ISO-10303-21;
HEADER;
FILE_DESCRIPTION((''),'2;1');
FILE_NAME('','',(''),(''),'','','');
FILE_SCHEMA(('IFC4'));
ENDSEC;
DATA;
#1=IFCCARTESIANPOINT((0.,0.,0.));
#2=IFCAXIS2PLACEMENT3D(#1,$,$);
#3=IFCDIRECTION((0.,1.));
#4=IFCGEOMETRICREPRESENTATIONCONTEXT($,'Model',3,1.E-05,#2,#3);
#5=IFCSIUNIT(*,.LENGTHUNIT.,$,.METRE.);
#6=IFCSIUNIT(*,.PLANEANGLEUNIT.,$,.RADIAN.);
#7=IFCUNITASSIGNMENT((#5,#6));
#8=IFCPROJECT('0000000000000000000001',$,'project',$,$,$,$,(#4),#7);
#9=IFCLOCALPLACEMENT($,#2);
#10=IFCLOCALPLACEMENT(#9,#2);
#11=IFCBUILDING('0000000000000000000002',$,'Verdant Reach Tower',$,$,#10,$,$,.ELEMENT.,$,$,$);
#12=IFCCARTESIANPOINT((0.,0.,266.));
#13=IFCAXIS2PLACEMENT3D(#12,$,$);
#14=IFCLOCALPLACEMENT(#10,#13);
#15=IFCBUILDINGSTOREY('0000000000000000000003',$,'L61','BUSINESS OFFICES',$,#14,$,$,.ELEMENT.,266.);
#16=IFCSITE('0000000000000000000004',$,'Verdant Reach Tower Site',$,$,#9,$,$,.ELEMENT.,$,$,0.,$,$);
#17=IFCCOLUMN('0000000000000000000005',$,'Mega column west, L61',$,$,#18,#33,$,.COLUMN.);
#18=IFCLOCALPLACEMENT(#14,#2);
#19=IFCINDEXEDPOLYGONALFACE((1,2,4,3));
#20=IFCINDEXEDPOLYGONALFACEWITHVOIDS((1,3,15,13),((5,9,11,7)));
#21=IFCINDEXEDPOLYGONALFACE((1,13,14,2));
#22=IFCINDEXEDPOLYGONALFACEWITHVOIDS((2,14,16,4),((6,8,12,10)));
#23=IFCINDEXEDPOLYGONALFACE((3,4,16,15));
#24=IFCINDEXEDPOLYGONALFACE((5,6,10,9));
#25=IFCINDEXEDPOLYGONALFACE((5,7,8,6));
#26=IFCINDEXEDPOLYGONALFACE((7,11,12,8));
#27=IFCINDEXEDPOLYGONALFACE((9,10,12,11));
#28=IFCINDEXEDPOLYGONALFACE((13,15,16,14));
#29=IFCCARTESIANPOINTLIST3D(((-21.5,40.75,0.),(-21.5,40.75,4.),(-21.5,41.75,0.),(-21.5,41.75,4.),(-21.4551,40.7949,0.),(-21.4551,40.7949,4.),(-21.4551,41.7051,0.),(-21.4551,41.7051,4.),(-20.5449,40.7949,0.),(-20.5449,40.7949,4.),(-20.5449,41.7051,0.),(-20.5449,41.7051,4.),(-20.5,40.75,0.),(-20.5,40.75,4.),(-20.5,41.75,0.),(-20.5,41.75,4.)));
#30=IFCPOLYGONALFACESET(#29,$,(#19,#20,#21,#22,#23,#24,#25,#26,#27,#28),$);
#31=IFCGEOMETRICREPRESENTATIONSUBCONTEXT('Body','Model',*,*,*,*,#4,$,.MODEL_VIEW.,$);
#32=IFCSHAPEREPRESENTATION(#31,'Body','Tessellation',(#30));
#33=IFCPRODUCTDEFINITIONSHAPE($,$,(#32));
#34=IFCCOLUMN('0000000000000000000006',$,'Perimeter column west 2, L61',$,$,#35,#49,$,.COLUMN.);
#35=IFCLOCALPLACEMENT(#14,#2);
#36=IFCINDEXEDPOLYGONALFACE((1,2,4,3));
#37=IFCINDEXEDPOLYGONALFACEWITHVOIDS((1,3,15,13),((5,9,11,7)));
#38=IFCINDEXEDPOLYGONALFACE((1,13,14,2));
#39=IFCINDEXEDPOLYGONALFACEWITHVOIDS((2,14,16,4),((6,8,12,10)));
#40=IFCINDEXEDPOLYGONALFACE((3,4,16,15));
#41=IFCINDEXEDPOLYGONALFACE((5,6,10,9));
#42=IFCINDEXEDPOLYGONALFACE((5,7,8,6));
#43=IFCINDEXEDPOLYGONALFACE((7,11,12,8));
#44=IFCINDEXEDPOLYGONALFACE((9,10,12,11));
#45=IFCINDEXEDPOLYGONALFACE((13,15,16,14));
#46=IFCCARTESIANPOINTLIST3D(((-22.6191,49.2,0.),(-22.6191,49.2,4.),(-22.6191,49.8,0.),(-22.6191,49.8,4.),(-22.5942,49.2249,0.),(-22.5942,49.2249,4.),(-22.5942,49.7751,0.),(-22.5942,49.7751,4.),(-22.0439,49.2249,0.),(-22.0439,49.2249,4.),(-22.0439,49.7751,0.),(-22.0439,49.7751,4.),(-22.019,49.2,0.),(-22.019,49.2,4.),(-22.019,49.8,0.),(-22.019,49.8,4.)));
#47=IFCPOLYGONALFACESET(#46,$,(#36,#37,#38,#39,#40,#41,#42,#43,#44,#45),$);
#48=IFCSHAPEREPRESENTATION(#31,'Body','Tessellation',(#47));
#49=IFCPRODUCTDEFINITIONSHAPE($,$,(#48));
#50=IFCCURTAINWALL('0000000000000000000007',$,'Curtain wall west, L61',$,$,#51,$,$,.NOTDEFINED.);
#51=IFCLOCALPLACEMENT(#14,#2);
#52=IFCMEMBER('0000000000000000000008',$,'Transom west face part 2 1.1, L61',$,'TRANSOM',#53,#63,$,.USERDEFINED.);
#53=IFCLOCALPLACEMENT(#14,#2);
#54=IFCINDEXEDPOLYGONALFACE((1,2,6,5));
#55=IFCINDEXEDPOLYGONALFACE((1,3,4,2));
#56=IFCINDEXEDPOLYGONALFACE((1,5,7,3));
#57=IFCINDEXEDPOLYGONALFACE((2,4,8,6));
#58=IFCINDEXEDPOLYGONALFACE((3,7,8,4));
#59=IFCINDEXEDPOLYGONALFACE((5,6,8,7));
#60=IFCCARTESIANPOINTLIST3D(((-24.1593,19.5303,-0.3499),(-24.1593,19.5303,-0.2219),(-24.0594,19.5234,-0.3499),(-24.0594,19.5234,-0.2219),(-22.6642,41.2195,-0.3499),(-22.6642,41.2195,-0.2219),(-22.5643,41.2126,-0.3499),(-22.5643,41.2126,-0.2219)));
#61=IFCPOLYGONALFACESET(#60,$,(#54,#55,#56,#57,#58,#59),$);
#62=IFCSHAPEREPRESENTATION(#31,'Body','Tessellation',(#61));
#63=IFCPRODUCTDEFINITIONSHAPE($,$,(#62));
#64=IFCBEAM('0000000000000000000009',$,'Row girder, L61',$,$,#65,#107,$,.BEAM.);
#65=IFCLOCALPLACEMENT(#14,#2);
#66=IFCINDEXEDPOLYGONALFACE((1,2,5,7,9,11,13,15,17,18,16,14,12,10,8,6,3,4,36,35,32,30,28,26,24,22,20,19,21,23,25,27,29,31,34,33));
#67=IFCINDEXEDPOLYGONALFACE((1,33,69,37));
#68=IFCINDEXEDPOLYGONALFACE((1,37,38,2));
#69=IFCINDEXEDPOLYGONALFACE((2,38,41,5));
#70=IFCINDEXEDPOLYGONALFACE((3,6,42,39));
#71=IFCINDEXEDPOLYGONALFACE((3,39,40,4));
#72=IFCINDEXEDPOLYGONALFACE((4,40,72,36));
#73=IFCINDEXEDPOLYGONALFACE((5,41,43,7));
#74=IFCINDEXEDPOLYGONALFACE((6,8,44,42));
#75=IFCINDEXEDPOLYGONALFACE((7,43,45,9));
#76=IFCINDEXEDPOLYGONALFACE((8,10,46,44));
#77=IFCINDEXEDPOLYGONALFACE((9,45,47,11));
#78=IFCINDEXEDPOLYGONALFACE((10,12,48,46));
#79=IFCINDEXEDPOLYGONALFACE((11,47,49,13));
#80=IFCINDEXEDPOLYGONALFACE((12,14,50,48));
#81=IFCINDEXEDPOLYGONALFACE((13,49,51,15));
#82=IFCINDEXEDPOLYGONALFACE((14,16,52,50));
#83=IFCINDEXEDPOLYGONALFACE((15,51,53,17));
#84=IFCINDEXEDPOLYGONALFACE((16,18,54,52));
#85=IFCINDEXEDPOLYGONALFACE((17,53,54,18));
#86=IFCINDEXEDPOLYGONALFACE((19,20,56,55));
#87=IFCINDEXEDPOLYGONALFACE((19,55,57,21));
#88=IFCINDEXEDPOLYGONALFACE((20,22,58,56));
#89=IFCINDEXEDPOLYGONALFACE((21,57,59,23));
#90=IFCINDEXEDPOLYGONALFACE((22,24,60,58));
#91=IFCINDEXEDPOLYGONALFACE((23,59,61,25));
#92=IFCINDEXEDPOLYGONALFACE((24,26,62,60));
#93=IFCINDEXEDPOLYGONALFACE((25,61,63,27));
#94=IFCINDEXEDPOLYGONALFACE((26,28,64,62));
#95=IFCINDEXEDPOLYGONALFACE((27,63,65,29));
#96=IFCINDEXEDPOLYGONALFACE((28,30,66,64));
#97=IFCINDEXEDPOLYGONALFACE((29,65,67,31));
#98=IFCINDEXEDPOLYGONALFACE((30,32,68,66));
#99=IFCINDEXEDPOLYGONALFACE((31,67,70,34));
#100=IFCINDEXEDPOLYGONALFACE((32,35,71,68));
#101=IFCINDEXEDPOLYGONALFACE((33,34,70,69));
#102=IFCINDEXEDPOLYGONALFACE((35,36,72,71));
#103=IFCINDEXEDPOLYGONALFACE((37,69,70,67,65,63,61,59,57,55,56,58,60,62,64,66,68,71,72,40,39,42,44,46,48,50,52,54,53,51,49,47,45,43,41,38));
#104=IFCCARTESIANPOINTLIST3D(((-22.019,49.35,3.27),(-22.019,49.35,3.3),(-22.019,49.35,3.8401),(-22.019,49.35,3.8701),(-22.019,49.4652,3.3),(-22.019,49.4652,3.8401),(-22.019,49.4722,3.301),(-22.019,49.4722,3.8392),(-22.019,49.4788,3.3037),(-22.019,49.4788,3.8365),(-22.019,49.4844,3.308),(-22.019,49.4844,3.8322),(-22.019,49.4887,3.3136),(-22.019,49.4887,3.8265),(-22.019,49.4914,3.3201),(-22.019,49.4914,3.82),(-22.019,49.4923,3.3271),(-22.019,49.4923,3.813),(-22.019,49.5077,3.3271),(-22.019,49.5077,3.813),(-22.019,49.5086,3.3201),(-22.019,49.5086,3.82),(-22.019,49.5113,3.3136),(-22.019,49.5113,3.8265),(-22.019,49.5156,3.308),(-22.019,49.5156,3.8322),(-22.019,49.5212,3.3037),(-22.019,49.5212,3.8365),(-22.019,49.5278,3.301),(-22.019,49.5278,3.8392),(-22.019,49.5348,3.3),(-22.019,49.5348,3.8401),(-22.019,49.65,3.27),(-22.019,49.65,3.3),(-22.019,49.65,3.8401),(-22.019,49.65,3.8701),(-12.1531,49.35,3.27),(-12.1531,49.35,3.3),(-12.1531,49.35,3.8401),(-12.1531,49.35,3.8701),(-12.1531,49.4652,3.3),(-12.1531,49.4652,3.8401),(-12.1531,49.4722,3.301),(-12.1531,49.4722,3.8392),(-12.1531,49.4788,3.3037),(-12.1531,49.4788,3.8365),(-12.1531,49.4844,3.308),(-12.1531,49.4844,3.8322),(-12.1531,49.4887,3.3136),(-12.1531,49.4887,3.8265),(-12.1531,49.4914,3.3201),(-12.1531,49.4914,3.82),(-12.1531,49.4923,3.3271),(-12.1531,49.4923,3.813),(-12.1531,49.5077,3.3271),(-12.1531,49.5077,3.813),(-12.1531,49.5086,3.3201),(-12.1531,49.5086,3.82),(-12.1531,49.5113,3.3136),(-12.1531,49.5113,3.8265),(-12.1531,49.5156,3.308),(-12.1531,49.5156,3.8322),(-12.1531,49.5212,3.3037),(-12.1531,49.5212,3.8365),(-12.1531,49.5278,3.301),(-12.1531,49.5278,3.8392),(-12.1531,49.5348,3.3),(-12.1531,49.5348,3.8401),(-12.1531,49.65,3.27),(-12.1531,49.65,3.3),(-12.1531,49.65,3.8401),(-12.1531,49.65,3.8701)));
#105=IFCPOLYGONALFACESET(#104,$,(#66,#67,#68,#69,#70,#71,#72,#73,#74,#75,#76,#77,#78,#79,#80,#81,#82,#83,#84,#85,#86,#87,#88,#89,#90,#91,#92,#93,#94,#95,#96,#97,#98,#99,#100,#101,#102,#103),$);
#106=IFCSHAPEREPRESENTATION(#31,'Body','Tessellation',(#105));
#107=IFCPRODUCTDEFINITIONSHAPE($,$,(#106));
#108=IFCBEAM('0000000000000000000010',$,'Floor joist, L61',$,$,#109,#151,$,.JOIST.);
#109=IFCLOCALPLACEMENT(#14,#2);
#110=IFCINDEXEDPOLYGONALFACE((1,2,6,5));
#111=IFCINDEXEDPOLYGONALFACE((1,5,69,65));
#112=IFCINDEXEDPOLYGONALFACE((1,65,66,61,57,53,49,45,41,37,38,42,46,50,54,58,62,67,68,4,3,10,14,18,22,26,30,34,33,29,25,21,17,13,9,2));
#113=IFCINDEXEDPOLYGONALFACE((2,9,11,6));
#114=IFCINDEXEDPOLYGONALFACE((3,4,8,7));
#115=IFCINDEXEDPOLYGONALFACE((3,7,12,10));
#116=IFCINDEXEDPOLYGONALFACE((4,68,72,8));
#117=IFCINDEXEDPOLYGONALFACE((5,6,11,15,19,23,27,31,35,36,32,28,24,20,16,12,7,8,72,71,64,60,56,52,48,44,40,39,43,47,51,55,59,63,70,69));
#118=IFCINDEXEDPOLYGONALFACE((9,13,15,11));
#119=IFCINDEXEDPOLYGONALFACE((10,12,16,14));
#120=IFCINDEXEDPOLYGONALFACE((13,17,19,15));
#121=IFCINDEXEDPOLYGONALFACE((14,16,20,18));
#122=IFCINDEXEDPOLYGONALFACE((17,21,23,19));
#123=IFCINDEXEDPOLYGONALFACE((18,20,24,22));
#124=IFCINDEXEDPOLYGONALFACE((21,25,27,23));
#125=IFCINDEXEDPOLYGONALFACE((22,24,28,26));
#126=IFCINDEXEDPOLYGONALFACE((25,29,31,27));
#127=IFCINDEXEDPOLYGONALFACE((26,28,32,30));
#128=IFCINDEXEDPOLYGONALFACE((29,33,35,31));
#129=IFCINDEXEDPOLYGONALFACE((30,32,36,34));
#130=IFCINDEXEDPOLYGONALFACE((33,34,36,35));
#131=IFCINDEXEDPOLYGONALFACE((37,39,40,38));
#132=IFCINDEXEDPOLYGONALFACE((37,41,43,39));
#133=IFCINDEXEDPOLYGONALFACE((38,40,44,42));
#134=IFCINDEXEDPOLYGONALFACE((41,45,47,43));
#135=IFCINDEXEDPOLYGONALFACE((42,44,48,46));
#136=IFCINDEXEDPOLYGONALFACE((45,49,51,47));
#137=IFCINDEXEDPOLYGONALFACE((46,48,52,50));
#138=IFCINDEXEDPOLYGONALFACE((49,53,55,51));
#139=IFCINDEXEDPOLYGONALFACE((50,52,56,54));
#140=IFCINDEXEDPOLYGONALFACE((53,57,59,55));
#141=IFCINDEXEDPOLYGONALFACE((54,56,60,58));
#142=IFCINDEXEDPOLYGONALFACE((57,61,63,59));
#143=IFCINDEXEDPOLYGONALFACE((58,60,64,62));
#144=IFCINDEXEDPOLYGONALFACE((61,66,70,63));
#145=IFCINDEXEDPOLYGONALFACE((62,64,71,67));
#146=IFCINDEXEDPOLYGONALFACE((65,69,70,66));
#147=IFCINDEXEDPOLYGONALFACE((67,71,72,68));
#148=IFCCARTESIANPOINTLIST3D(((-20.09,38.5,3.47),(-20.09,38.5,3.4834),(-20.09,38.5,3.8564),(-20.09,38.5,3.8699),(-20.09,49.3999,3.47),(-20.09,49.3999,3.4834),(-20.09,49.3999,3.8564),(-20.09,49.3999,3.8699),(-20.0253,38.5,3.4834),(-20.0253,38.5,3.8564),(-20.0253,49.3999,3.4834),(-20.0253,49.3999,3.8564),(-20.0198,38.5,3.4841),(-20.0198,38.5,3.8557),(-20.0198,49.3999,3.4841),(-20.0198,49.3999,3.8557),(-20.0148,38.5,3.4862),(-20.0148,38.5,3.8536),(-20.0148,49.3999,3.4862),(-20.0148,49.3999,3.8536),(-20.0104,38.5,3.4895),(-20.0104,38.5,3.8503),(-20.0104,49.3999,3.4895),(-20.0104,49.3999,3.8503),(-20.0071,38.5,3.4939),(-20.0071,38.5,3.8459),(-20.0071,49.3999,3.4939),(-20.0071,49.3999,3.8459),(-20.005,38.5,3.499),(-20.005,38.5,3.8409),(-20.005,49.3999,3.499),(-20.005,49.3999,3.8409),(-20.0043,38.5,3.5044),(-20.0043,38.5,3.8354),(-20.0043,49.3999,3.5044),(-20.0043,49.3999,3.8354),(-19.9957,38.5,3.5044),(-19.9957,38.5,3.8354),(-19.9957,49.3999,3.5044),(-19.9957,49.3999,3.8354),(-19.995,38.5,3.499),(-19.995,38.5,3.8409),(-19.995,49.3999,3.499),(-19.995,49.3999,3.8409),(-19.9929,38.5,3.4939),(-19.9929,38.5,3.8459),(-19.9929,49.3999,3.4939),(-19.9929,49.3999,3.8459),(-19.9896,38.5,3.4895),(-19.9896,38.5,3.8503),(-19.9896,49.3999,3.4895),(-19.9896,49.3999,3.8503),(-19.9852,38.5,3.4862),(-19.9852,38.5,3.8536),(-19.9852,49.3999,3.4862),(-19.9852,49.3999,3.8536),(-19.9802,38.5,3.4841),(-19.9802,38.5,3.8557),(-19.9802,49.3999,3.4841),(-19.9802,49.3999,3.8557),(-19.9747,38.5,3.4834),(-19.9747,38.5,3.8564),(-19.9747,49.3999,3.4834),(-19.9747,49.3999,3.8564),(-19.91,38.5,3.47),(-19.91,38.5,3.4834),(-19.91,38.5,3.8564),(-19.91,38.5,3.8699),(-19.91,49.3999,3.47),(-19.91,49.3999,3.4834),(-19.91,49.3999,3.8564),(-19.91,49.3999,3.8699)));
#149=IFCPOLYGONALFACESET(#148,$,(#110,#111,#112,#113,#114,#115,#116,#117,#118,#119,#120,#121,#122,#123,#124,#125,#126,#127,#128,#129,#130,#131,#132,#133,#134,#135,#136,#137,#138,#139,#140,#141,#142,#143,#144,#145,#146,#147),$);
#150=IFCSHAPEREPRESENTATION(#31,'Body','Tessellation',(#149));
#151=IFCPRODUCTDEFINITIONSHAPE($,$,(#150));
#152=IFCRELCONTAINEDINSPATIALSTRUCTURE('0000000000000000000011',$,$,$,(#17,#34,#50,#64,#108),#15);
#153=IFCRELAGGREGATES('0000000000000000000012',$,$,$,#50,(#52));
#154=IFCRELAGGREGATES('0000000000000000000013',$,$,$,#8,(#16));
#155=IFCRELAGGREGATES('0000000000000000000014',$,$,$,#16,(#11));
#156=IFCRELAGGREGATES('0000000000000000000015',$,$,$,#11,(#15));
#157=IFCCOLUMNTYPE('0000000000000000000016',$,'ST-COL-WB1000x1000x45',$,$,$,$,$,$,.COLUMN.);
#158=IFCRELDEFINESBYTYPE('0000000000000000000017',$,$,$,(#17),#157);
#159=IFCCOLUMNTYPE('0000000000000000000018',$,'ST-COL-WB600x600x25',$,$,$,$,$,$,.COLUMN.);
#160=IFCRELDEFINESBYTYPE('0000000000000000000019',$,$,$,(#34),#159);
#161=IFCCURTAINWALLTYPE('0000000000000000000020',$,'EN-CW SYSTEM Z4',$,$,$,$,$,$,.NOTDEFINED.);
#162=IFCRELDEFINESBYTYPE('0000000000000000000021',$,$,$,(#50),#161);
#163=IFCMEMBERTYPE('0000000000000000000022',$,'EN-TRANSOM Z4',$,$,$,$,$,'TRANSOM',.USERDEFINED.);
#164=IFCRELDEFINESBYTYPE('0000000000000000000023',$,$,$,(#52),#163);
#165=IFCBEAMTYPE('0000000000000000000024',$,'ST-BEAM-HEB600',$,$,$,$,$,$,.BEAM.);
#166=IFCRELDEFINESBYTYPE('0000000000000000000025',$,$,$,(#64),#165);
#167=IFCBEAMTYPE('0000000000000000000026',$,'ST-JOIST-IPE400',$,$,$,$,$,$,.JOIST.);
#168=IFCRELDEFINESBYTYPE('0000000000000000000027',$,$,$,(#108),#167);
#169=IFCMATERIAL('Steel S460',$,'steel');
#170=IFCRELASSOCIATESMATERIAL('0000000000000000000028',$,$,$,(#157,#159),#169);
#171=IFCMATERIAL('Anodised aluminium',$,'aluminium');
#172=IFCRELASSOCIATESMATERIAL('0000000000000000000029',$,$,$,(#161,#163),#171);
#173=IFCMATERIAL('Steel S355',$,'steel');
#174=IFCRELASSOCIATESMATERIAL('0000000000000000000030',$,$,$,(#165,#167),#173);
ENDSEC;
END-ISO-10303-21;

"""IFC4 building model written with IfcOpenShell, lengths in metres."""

from ifc_helpers import new_model, si_unit, direction, frame, origin, origin_2d, place, context, subcontext, project, spatial, rectangle, hollow_rectangle, i_section, extrude, material, material_profile, profile_set, type_object, element, aggregate, save


model = new_model("IFC4")

# Units and contexts
model_context = context("Model", 3, precision=1e-05, world=origin(), true_north=direction((0.0, 1.0)))
body_context = subcontext(model_context, "Body", "Model", "MODEL_VIEW")
ifc_project = project(units=[si_unit("LENGTHUNIT", "METRE"), si_unit("PLANEANGLEUNIT", "RADIAN")], contexts=[model_context])

# Site, building, storey
site_placement = place(None, origin())
site = spatial("IfcSite", under=ifc_project, at=site_placement, Name="Verdant Reach Tower Site", CompositionType="ELEMENT", RefElevation=0.0)
building_placement = place(site_placement, origin())
building = spatial("IfcBuilding", under=site, at=building_placement, Name="Verdant Reach Tower", CompositionType="ELEMENT")
storey_placement = place(building_placement, frame((0.0, 0.0, 266.0)))
storey = spatial("IfcBuildingStorey", under=building, at=storey_placement, Name="L61", Description="BUSINESS OFFICES", CompositionType="ELEMENT", Elevation=266.0)

# Columns
ifc_material_1 = material(Name="Steel S460", Category="steel")
ifc_material_profile_1 = material_profile(ifc_material_1, hollow_rectangle(XDim=1.0, YDim=1.0, WallThickness=0.0449, at=origin_2d()), Name="WB 1000x1000x45")
ifc_profile_set_1 = profile_set([ifc_material_profile_1], Name="Steel S460")
column_type_1 = type_object("IfcColumnType", Name="ST-COL-WB1000x1000x45", PredefinedType="COLUMN", material=ifc_profile_set_1)
column_1_placement = place(storey_placement, frame((-21.0, 41.25, 0.0), z_axis=(0.0, 0.0, 1.0), x_axis=(1.0, 0.0, 0.0)))
element("IfcColumn", 1, at=column_1_placement, inside=storey, type_object=column_type_1, Name="Mega column west, L61", PredefinedType="COLUMN", context=body_context, shape_type="SweptSolid", body=[
    extrude(hollow_rectangle(XDim=1.0, YDim=1.0, WallThickness=0.0449, at=origin_2d()), origin(), (0.0, 0.0, 1.0), 4.0),
])
ifc_material_profile_2 = material_profile(ifc_material_1, hollow_rectangle(XDim=0.6001, YDim=0.6001, WallThickness=0.0249, at=origin_2d()), Name="WB 600x600x25")
ifc_profile_set_2 = profile_set([ifc_material_profile_2], Name="Steel S460")
column_type_2 = type_object("IfcColumnType", Name="ST-COL-WB600x600x25", PredefinedType="COLUMN", material=ifc_profile_set_2)
column_2_placement = place(storey_placement, frame((-22.3191, 49.5, 0.0), z_axis=(0.0, 0.0, 1.0), x_axis=(1.0, 0.0, 0.0)))
element("IfcColumn", 2, at=column_2_placement, inside=storey, type_object=column_type_2, Name="Perimeter column west 2, L61", PredefinedType="COLUMN", context=body_context, shape_type="SweptSolid", body=[
    extrude(hollow_rectangle(XDim=0.6001, YDim=0.6001, WallThickness=0.0249, at=origin_2d()), origin(), (0.0, 0.0, 1.0), 4.0),
])

# Curtain wall, member
ifc_material_2 = material(Name="Anodised aluminium", Category="aluminium")
curtain_wall_type = type_object("IfcCurtainWallType", Name="EN-CW SYSTEM Z4", PredefinedType="NOTDEFINED", material=ifc_material_2)
curtain_wall_placement = place(storey_placement, origin())
curtain_wall = element("IfcCurtainWall", 3, at=curtain_wall_placement, inside=storey, type_object=curtain_wall_type, Name="Curtain wall west, L61", PredefinedType="NOTDEFINED")
ifc_material_profile_3 = material_profile(ifc_material_2, rectangle(XDim=0.1001, YDim=0.1279, at=origin_2d()), Name="Transom 128x100")
ifc_profile_set_3 = profile_set([ifc_material_profile_3], Name="Anodised aluminium")
member_type = type_object("IfcMemberType", Name="EN-TRANSOM Z4", ElementType="TRANSOM", PredefinedType="USERDEFINED", material=ifc_profile_set_3)
member_placement = place(storey_placement, frame((-22.6143, 41.2161, -0.2859), z_axis=(-0.06877, -0.997633, 0.0), x_axis=(0.997633, -0.06877, 0.0)))
member = element("IfcMember", 4, at=member_placement, type_object=member_type, Name="Transom west face part 2 1.1, L61", ObjectType="TRANSOM", PredefinedType="USERDEFINED", context=body_context, shape_type="SweptSolid", body=[
    extrude(rectangle(XDim=0.1001, YDim=0.1279, at=origin_2d()), origin(), (0.0, 0.0, 1.0), 21.7407),
])

# Beams
ifc_material_3 = material(Name="Steel S355", Category="steel")
ifc_material_profile_4 = material_profile(ifc_material_3, i_section(OverallWidth=0.3, OverallDepth=0.6001, WebThickness=0.0154, FlangeThickness=0.03, FilletRadius=0.0271, at=origin_2d()), Name="HEB 600")
ifc_profile_set_4 = profile_set([ifc_material_profile_4], Name="Steel S355")
beam_type_1 = type_object("IfcBeamType", Name="ST-BEAM-HEB600", PredefinedType="BEAM", material=ifc_profile_set_4)
beam_1_placement = place(storey_placement, frame((-22.019, 49.5, 3.5701), z_axis=(1.0, 0.0, 0.0), x_axis=(0.0, 1.0, 0.0)))
element("IfcBeam", 5, at=beam_1_placement, inside=storey, type_object=beam_type_1, Name="Row girder, L61", PredefinedType="BEAM", context=body_context, shape_type="SweptSolid", body=[
    extrude(i_section(OverallWidth=0.3, OverallDepth=0.6001, WebThickness=0.0154, FlangeThickness=0.03, FilletRadius=0.0271, at=origin_2d()), origin(), (0.0, 0.0, 1.0), 9.866),
])
ifc_material_profile_5 = material_profile(ifc_material_3, i_section(OverallWidth=0.1799, OverallDepth=0.3999, WebThickness=0.0085, FlangeThickness=0.0134, FilletRadius=0.021, at=origin_2d()), Name="IPE 400")
ifc_profile_set_5 = profile_set([ifc_material_profile_5], Name="Steel S355")
beam_type_2 = type_object("IfcBeamType", Name="ST-JOIST-IPE400", PredefinedType="JOIST", material=ifc_profile_set_5)
for number, where, z_axis, x_axis, name in (
    (6, (-20.0, 38.5, 3.6699), (0.0, 1.0, 0.0), (-1.0, 0.0, 0.0), "Floor joist, L61"),
):
    element("IfcBeam", number, at=place(storey_placement, frame(where, z_axis=z_axis, x_axis=x_axis)), inside=storey, type_object=beam_type_2, Name=name, PredefinedType="JOIST", context=body_context, shape_type="SweptSolid", body=[
        extrude(i_section(OverallWidth=0.1799, OverallDepth=0.3999, WebThickness=0.0085, FlangeThickness=0.0134, FilletRadius=0.021, at=origin_2d()), origin(), (0.0, 0.0, 1.0), 10.8999),
    ])

aggregate(curtain_wall, [member])

save(model, "model.ifc")
